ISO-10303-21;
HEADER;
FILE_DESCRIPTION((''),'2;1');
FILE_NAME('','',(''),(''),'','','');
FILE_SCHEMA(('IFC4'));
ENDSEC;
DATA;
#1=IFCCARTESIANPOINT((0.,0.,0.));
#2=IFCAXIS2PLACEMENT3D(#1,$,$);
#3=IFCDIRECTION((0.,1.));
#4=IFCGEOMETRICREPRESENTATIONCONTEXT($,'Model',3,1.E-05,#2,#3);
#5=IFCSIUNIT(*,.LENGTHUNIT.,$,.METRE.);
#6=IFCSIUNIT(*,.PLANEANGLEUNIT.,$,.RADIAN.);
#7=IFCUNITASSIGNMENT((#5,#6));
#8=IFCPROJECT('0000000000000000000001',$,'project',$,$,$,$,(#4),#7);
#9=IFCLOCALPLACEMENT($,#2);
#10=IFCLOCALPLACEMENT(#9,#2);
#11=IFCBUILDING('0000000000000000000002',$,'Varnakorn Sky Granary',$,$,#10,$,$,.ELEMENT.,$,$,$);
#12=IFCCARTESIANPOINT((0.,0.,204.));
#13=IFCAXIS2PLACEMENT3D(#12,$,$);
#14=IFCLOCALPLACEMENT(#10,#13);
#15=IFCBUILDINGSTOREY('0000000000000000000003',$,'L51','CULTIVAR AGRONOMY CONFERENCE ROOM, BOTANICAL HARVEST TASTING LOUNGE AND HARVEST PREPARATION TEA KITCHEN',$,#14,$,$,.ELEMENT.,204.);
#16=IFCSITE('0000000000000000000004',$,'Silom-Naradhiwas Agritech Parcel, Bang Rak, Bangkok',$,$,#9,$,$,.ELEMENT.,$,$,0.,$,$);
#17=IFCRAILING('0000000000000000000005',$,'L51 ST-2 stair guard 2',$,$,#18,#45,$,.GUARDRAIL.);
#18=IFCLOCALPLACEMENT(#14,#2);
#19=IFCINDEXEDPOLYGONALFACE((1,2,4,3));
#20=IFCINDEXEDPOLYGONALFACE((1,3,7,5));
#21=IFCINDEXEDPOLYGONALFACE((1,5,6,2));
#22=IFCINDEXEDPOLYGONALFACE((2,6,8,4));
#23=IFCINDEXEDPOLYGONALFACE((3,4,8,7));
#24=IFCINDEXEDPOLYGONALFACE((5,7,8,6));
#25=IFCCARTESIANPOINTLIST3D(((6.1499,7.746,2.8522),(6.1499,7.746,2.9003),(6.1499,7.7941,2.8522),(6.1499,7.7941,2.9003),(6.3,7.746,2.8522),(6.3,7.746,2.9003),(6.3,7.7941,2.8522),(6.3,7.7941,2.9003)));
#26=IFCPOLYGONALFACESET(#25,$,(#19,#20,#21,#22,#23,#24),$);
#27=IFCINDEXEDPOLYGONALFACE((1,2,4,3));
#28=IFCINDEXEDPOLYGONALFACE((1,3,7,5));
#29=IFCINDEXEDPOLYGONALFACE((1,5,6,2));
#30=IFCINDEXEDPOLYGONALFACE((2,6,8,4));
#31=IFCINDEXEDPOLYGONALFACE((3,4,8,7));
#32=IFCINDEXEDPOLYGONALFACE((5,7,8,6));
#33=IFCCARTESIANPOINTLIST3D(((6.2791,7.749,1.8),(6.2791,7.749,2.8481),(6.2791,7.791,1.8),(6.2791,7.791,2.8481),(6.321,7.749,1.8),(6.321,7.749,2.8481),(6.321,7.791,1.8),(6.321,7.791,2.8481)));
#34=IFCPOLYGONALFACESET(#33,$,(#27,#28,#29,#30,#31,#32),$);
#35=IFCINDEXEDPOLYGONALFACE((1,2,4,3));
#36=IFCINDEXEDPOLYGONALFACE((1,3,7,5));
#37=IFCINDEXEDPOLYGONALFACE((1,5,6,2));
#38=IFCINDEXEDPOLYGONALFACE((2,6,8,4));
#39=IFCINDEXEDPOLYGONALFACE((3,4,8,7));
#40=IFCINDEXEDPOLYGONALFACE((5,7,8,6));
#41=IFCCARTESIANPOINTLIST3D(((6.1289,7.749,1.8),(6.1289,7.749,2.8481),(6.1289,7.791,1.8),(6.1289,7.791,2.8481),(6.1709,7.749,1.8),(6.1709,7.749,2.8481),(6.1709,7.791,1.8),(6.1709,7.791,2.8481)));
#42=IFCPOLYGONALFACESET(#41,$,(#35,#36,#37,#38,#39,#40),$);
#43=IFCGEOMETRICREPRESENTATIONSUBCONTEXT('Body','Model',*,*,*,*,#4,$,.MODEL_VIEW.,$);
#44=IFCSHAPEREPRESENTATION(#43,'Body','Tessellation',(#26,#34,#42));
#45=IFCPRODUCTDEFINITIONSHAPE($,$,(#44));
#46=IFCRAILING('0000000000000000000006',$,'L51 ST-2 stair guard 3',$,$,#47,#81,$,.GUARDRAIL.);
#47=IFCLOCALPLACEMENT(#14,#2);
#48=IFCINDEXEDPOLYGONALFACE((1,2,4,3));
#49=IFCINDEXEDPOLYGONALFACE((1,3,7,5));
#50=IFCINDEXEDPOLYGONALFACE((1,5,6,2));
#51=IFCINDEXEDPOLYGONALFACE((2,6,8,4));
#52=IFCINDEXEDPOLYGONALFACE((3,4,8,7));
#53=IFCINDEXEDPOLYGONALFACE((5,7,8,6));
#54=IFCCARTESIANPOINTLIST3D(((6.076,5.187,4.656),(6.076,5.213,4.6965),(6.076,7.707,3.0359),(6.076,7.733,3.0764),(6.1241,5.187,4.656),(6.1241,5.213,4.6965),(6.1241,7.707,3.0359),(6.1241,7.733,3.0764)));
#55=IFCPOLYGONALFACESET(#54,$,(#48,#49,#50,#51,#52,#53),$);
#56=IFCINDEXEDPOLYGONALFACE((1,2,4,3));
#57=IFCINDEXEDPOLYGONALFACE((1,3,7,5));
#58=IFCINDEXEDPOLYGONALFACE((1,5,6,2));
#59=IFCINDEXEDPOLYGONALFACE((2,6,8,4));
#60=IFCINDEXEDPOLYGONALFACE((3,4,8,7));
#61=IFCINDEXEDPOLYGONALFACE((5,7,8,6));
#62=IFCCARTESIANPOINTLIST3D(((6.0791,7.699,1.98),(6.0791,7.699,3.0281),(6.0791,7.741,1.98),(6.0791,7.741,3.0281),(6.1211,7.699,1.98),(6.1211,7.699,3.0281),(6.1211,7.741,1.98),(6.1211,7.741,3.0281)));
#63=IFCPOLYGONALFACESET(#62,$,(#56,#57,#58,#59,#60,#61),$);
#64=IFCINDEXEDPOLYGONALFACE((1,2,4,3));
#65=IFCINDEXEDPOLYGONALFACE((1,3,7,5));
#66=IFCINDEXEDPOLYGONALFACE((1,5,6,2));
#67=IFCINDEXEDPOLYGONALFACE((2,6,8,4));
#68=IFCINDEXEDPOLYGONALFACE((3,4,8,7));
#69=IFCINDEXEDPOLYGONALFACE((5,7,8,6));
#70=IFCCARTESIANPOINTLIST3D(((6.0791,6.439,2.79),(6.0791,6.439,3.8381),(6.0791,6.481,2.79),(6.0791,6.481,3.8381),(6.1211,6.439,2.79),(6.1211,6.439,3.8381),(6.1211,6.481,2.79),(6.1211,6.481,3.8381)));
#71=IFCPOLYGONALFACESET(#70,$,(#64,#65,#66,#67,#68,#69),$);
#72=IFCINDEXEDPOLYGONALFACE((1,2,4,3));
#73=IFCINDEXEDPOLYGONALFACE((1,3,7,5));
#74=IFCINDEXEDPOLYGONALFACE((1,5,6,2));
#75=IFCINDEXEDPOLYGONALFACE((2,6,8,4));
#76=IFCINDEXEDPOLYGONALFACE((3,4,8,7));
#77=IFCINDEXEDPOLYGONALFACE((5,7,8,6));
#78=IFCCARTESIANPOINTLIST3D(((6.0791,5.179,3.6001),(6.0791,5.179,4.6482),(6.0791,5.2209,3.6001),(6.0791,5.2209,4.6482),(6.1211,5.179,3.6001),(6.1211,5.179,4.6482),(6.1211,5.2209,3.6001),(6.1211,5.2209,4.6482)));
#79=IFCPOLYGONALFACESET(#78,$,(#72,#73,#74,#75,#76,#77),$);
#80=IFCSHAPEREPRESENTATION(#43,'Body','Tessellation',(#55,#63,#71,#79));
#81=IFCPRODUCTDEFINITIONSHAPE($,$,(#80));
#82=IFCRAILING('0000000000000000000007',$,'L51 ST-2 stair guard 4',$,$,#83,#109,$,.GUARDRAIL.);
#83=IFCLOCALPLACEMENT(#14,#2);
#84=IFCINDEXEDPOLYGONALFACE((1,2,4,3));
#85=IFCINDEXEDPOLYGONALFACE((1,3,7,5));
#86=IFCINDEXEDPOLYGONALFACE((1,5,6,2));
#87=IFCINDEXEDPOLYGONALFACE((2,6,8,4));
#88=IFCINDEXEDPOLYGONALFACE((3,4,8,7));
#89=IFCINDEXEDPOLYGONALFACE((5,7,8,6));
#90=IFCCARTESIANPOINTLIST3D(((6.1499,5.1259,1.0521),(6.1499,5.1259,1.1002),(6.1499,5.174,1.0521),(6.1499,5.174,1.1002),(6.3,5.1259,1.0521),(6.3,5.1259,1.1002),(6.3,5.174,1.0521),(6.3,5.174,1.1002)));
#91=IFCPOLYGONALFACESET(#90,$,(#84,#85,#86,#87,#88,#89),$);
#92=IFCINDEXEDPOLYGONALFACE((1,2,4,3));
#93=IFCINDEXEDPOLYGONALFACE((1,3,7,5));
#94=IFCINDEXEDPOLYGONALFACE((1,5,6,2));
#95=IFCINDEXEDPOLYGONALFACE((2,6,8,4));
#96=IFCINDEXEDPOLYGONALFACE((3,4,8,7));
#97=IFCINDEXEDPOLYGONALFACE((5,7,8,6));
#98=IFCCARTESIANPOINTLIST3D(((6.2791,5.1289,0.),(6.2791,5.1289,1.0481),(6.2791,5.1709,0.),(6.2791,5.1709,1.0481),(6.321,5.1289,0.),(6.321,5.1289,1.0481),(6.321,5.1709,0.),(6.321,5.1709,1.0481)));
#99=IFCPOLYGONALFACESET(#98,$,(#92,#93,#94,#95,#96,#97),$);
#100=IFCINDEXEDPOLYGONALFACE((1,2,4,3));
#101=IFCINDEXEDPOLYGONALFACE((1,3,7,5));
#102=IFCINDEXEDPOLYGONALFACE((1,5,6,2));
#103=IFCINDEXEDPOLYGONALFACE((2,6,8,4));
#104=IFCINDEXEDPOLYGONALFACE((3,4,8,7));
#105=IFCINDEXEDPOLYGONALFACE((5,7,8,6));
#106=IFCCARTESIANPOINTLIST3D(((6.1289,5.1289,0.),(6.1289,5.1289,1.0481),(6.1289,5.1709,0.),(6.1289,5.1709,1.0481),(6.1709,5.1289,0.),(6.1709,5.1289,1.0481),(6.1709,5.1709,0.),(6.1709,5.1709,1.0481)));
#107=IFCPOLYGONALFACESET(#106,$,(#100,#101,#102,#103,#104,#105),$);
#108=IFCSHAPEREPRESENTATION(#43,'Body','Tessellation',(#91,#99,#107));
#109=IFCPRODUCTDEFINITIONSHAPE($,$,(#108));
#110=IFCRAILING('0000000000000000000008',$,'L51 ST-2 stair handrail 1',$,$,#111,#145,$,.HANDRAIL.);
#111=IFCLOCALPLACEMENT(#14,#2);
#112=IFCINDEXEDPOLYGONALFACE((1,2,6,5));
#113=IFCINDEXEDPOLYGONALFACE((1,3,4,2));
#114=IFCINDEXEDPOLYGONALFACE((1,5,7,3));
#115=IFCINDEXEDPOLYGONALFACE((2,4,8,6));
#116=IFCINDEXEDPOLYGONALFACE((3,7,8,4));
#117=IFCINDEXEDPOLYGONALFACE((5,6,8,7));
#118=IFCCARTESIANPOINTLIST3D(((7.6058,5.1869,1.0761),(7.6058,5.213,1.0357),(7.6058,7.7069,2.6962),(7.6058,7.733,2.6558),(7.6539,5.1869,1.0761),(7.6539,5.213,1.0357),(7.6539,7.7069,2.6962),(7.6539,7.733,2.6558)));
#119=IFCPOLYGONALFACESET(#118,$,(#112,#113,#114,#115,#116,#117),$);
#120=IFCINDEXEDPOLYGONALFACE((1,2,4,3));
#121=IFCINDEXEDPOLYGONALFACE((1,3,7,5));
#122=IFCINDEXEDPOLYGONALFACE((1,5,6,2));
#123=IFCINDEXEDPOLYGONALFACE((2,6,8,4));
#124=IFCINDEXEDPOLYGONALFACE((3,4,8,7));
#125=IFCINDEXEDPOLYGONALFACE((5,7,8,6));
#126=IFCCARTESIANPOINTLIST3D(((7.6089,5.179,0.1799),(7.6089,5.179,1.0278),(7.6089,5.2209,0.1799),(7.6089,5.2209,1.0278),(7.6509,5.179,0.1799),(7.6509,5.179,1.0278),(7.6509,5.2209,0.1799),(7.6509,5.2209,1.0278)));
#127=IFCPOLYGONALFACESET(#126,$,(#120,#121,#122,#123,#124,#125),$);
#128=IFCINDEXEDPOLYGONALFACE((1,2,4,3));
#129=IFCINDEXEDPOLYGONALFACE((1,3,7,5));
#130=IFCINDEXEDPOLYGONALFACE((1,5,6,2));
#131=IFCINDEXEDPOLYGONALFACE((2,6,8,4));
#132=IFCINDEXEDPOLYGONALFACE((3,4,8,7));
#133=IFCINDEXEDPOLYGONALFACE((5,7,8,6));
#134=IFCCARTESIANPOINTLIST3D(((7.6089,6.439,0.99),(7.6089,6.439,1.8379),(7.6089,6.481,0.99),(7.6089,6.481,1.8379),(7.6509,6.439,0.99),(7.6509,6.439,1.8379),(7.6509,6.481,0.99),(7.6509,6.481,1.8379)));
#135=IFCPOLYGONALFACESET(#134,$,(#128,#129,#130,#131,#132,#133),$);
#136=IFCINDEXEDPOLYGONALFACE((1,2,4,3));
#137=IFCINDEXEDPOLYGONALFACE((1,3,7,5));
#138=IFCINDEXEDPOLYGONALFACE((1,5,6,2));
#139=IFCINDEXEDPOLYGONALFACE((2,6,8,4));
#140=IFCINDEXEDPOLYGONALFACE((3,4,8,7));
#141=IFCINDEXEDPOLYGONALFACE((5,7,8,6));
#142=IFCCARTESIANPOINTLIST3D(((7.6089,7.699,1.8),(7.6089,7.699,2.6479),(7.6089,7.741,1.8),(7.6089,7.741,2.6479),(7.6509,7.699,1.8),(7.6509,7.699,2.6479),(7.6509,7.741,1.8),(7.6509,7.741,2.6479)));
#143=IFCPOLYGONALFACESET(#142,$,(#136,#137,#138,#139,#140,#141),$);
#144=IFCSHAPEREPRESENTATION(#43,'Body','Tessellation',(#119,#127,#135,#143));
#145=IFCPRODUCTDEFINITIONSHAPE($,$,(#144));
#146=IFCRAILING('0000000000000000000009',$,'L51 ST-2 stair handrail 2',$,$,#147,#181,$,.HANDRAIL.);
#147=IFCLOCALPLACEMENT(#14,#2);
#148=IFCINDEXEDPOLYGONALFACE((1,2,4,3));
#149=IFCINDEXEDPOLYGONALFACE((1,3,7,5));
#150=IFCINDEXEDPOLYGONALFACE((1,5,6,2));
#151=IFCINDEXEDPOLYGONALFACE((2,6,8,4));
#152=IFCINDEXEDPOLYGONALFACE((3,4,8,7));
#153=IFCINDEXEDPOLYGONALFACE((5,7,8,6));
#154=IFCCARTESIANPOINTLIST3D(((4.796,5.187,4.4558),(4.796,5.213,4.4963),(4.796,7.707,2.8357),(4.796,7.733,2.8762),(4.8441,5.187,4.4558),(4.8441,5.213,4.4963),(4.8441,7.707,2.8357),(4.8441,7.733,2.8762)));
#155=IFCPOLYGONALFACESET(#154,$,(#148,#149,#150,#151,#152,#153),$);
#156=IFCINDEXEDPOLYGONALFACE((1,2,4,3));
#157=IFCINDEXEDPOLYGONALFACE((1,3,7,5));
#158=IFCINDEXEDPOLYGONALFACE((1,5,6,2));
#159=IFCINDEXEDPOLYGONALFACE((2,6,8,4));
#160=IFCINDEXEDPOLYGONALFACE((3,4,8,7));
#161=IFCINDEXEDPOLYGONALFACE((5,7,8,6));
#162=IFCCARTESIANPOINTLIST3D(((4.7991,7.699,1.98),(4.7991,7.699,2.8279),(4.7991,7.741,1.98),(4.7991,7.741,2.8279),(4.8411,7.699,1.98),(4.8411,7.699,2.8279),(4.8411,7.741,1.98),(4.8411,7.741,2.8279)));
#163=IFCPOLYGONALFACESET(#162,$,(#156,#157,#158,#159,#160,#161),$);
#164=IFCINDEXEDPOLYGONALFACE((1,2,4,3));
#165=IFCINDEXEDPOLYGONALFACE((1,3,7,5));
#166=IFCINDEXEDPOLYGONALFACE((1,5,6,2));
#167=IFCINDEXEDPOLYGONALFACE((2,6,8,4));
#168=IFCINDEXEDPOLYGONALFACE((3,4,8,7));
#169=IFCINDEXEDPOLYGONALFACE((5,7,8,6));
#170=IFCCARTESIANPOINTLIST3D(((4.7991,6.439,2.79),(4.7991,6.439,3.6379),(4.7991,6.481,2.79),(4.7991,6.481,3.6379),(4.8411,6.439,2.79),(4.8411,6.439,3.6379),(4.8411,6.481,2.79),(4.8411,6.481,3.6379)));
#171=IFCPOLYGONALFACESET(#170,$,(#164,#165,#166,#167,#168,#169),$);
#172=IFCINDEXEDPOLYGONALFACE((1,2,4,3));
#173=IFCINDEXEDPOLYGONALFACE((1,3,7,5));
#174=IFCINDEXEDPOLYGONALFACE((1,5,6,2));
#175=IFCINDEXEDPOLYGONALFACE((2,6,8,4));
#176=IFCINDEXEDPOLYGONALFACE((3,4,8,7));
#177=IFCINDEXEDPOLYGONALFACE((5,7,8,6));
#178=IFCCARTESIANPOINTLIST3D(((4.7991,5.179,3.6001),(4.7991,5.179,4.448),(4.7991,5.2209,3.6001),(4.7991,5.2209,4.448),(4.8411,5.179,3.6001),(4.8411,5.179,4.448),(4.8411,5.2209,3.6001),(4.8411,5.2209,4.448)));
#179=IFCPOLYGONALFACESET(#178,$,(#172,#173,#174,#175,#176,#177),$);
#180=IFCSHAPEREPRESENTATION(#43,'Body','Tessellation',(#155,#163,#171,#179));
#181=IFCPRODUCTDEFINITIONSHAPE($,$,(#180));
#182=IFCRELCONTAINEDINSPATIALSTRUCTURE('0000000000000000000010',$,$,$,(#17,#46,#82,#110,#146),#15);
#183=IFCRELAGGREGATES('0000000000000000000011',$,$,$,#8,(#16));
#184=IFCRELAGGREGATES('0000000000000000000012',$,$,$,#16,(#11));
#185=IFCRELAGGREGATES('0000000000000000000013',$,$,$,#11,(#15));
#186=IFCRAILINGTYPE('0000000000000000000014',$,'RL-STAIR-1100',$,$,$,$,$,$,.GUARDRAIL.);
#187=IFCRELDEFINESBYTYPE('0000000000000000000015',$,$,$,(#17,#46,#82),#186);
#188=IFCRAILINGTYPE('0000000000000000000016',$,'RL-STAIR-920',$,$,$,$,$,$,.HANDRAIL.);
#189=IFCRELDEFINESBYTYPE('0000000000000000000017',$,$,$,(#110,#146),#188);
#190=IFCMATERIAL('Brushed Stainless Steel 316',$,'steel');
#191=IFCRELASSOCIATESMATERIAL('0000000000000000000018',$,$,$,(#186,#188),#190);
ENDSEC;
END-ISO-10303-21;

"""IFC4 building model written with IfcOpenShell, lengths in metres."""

from ifc_helpers import new_model, si_unit, direction, frame, origin, origin_2d, place, context, subcontext, project, spatial, rectangle, extrude, material, type_object, element, save


model = new_model("IFC4")

# Units and contexts
model_context = context("Model", 3, precision=1e-05, world=origin(), true_north=direction((0.0, 1.0)))
body_context = subcontext(model_context, "Body", "Model", "MODEL_VIEW")
ifc_project = project(units=[si_unit("LENGTHUNIT", "METRE"), si_unit("PLANEANGLEUNIT", "RADIAN")], contexts=[model_context])

# Site, building, storey
site_placement = place(None, origin())
site = spatial("IfcSite", under=ifc_project, at=site_placement, Name="Silom-Naradhiwas Agritech Parcel, Bang Rak, Bangkok", CompositionType="ELEMENT", RefElevation=0.0)
building_placement = place(site_placement, origin())
building = spatial("IfcBuilding", under=site, at=building_placement, Name="Varnakorn Sky Granary", CompositionType="ELEMENT")
storey_placement = place(building_placement, frame((0.0, 0.0, 204.0)))
storey = spatial("IfcBuildingStorey", under=building, at=storey_placement, Name="L51", Description="CULTIVAR AGRONOMY CONFERENCE ROOM, BOTANICAL HARVEST TASTING LOUNGE AND HARVEST PREPARATION TEA KITCHEN", CompositionType="ELEMENT", Elevation=204.0)

# Railings
ifc_material_1 = material(Name="Brushed Stainless Steel 316", Category="steel")
railing_type_1 = type_object("IfcRailingType", Name="RL-STAIR-1100", PredefinedType="GUARDRAIL", material=ifc_material_1)
railing_1_placement = place(storey_placement, frame((6.3, 7.77, 1.8)))
element("IfcRailing", 1, at=railing_1_placement, inside=storey, type_object=railing_type_1, Name="L51 ST-2 stair guard 2", PredefinedType="GUARDRAIL", context=body_context, shape_type="SweptSolid", body=[
    extrude(rectangle(XDim=0.0481, YDim=0.0481, at=origin_2d()), frame((0.0, 0.0, 1.0762), z_axis=(-1.0, 0.0, 0.0), x_axis=(0.0, -1.0, 0.0)), (0.0, 0.0, 1.0), 0.1501),
    extrude(rectangle(XDim=0.042, YDim=0.042, at=origin_2d()), origin(), (0.0, 0.0, 1.0), 1.0481),
    extrude(rectangle(XDim=0.042, YDim=0.042, at=origin_2d()), frame((-0.1501, 0.0, 0.0)), (0.0, 0.0, 1.0), 1.0481),
])
railing_2_placement = place(storey_placement, frame((6.1001, 7.72, 1.98)))
element("IfcRailing", 2, at=railing_2_placement, inside=storey, type_object=railing_type_1, Name="L51 ST-2 stair guard 3", PredefinedType="GUARDRAIL", context=body_context, shape_type="SweptSolid", body=[
    extrude(rectangle(XDim=0.0481, YDim=0.0481, at=origin_2d()), frame((0.0, 0.0, 1.0762), z_axis=(0.0, -0.841163, 0.540782), x_axis=(1.0, 0.0, 0.0)), (0.0, 0.0, 1.0), 2.9958),
    extrude(rectangle(XDim=0.042, YDim=0.042, at=origin_2d()), origin(), (0.0, 0.0, 1.0), 1.0481),
    extrude(rectangle(XDim=0.042, YDim=0.042, at=origin_2d()), frame((0.0, -1.26, 0.8101)), (0.0, 0.0, 1.0), 1.0481),
    extrude(rectangle(XDim=0.042, YDim=0.042, at=origin_2d()), frame((0.0, -2.52, 1.6201)), (0.0, 0.0, 1.0), 1.0481),
])
railing_3_placement = place(storey_placement, frame((6.3, 5.1499, 0.0)))
element("IfcRailing", 3, at=railing_3_placement, inside=storey, type_object=railing_type_1, Name="L51 ST-2 stair guard 4", PredefinedType="GUARDRAIL", context=body_context, shape_type="SweptSolid", body=[
    extrude(rectangle(XDim=0.0481, YDim=0.0481, at=origin_2d()), frame((0.0, 0.0, 1.0762), z_axis=(-1.0, 0.0, 0.0), x_axis=(0.0, -1.0, 0.0)), (0.0, 0.0, 1.0), 0.1501),
    extrude(rectangle(XDim=0.042, YDim=0.042, at=origin_2d()), origin(), (0.0, 0.0, 1.0), 1.0481),
    extrude(rectangle(XDim=0.042, YDim=0.042, at=origin_2d()), frame((-0.1501, 0.0, 0.0)), (0.0, 0.0, 1.0), 1.0481),
])
railing_type_2 = type_object("IfcRailingType", Name="RL-STAIR-920", PredefinedType="HANDRAIL", material=ifc_material_1)
railing_4_placement = place(storey_placement, frame((7.6299, 5.2, 0.1799)))
element("IfcRailing", 4, at=railing_4_placement, inside=storey, type_object=railing_type_2, Name="L51 ST-2 stair handrail 1", PredefinedType="HANDRAIL", context=body_context, shape_type="SweptSolid", body=[
    extrude(rectangle(XDim=0.0481, YDim=0.0481, at=origin_2d()), frame((0.0, 0.0, 0.876), z_axis=(0.0, 0.841163, 0.540782), x_axis=(-1.0, 0.0, 0.0)), (0.0, 0.0, 1.0), 2.9958),
    extrude(rectangle(XDim=0.042, YDim=0.042, at=origin_2d()), origin(), (0.0, 0.0, 1.0), 0.8479),
    extrude(rectangle(XDim=0.042, YDim=0.042, at=origin_2d()), frame((0.0, 1.26, 0.8101)), (0.0, 0.0, 1.0), 0.8479),
    extrude(rectangle(XDim=0.042, YDim=0.042, at=origin_2d()), frame((0.0, 2.52, 1.6201)), (0.0, 0.0, 1.0), 0.8479),
])
railing_5_placement = place(storey_placement, frame((4.8201, 7.72, 1.98)))
element("IfcRailing", 5, at=railing_5_placement, inside=storey, type_object=railing_type_2, Name="L51 ST-2 stair handrail 2", PredefinedType="HANDRAIL", context=body_context, shape_type="SweptSolid", body=[
    extrude(rectangle(XDim=0.0481, YDim=0.0481, at=origin_2d()), frame((0.0, 0.0, 0.876), z_axis=(0.0, -0.841163, 0.540782), x_axis=(1.0, 0.0, 0.0)), (0.0, 0.0, 1.0), 2.9958),
    extrude(rectangle(XDim=0.042, YDim=0.042, at=origin_2d()), origin(), (0.0, 0.0, 1.0), 0.8479),
    extrude(rectangle(XDim=0.042, YDim=0.042, at=origin_2d()), frame((0.0, -1.26, 0.8101)), (0.0, 0.0, 1.0), 0.8479),
    extrude(rectangle(XDim=0.042, YDim=0.042, at=origin_2d()), frame((0.0, -2.52, 1.6201)), (0.0, 0.0, 1.0), 0.8479),
])

save(model, "model.ifc")
